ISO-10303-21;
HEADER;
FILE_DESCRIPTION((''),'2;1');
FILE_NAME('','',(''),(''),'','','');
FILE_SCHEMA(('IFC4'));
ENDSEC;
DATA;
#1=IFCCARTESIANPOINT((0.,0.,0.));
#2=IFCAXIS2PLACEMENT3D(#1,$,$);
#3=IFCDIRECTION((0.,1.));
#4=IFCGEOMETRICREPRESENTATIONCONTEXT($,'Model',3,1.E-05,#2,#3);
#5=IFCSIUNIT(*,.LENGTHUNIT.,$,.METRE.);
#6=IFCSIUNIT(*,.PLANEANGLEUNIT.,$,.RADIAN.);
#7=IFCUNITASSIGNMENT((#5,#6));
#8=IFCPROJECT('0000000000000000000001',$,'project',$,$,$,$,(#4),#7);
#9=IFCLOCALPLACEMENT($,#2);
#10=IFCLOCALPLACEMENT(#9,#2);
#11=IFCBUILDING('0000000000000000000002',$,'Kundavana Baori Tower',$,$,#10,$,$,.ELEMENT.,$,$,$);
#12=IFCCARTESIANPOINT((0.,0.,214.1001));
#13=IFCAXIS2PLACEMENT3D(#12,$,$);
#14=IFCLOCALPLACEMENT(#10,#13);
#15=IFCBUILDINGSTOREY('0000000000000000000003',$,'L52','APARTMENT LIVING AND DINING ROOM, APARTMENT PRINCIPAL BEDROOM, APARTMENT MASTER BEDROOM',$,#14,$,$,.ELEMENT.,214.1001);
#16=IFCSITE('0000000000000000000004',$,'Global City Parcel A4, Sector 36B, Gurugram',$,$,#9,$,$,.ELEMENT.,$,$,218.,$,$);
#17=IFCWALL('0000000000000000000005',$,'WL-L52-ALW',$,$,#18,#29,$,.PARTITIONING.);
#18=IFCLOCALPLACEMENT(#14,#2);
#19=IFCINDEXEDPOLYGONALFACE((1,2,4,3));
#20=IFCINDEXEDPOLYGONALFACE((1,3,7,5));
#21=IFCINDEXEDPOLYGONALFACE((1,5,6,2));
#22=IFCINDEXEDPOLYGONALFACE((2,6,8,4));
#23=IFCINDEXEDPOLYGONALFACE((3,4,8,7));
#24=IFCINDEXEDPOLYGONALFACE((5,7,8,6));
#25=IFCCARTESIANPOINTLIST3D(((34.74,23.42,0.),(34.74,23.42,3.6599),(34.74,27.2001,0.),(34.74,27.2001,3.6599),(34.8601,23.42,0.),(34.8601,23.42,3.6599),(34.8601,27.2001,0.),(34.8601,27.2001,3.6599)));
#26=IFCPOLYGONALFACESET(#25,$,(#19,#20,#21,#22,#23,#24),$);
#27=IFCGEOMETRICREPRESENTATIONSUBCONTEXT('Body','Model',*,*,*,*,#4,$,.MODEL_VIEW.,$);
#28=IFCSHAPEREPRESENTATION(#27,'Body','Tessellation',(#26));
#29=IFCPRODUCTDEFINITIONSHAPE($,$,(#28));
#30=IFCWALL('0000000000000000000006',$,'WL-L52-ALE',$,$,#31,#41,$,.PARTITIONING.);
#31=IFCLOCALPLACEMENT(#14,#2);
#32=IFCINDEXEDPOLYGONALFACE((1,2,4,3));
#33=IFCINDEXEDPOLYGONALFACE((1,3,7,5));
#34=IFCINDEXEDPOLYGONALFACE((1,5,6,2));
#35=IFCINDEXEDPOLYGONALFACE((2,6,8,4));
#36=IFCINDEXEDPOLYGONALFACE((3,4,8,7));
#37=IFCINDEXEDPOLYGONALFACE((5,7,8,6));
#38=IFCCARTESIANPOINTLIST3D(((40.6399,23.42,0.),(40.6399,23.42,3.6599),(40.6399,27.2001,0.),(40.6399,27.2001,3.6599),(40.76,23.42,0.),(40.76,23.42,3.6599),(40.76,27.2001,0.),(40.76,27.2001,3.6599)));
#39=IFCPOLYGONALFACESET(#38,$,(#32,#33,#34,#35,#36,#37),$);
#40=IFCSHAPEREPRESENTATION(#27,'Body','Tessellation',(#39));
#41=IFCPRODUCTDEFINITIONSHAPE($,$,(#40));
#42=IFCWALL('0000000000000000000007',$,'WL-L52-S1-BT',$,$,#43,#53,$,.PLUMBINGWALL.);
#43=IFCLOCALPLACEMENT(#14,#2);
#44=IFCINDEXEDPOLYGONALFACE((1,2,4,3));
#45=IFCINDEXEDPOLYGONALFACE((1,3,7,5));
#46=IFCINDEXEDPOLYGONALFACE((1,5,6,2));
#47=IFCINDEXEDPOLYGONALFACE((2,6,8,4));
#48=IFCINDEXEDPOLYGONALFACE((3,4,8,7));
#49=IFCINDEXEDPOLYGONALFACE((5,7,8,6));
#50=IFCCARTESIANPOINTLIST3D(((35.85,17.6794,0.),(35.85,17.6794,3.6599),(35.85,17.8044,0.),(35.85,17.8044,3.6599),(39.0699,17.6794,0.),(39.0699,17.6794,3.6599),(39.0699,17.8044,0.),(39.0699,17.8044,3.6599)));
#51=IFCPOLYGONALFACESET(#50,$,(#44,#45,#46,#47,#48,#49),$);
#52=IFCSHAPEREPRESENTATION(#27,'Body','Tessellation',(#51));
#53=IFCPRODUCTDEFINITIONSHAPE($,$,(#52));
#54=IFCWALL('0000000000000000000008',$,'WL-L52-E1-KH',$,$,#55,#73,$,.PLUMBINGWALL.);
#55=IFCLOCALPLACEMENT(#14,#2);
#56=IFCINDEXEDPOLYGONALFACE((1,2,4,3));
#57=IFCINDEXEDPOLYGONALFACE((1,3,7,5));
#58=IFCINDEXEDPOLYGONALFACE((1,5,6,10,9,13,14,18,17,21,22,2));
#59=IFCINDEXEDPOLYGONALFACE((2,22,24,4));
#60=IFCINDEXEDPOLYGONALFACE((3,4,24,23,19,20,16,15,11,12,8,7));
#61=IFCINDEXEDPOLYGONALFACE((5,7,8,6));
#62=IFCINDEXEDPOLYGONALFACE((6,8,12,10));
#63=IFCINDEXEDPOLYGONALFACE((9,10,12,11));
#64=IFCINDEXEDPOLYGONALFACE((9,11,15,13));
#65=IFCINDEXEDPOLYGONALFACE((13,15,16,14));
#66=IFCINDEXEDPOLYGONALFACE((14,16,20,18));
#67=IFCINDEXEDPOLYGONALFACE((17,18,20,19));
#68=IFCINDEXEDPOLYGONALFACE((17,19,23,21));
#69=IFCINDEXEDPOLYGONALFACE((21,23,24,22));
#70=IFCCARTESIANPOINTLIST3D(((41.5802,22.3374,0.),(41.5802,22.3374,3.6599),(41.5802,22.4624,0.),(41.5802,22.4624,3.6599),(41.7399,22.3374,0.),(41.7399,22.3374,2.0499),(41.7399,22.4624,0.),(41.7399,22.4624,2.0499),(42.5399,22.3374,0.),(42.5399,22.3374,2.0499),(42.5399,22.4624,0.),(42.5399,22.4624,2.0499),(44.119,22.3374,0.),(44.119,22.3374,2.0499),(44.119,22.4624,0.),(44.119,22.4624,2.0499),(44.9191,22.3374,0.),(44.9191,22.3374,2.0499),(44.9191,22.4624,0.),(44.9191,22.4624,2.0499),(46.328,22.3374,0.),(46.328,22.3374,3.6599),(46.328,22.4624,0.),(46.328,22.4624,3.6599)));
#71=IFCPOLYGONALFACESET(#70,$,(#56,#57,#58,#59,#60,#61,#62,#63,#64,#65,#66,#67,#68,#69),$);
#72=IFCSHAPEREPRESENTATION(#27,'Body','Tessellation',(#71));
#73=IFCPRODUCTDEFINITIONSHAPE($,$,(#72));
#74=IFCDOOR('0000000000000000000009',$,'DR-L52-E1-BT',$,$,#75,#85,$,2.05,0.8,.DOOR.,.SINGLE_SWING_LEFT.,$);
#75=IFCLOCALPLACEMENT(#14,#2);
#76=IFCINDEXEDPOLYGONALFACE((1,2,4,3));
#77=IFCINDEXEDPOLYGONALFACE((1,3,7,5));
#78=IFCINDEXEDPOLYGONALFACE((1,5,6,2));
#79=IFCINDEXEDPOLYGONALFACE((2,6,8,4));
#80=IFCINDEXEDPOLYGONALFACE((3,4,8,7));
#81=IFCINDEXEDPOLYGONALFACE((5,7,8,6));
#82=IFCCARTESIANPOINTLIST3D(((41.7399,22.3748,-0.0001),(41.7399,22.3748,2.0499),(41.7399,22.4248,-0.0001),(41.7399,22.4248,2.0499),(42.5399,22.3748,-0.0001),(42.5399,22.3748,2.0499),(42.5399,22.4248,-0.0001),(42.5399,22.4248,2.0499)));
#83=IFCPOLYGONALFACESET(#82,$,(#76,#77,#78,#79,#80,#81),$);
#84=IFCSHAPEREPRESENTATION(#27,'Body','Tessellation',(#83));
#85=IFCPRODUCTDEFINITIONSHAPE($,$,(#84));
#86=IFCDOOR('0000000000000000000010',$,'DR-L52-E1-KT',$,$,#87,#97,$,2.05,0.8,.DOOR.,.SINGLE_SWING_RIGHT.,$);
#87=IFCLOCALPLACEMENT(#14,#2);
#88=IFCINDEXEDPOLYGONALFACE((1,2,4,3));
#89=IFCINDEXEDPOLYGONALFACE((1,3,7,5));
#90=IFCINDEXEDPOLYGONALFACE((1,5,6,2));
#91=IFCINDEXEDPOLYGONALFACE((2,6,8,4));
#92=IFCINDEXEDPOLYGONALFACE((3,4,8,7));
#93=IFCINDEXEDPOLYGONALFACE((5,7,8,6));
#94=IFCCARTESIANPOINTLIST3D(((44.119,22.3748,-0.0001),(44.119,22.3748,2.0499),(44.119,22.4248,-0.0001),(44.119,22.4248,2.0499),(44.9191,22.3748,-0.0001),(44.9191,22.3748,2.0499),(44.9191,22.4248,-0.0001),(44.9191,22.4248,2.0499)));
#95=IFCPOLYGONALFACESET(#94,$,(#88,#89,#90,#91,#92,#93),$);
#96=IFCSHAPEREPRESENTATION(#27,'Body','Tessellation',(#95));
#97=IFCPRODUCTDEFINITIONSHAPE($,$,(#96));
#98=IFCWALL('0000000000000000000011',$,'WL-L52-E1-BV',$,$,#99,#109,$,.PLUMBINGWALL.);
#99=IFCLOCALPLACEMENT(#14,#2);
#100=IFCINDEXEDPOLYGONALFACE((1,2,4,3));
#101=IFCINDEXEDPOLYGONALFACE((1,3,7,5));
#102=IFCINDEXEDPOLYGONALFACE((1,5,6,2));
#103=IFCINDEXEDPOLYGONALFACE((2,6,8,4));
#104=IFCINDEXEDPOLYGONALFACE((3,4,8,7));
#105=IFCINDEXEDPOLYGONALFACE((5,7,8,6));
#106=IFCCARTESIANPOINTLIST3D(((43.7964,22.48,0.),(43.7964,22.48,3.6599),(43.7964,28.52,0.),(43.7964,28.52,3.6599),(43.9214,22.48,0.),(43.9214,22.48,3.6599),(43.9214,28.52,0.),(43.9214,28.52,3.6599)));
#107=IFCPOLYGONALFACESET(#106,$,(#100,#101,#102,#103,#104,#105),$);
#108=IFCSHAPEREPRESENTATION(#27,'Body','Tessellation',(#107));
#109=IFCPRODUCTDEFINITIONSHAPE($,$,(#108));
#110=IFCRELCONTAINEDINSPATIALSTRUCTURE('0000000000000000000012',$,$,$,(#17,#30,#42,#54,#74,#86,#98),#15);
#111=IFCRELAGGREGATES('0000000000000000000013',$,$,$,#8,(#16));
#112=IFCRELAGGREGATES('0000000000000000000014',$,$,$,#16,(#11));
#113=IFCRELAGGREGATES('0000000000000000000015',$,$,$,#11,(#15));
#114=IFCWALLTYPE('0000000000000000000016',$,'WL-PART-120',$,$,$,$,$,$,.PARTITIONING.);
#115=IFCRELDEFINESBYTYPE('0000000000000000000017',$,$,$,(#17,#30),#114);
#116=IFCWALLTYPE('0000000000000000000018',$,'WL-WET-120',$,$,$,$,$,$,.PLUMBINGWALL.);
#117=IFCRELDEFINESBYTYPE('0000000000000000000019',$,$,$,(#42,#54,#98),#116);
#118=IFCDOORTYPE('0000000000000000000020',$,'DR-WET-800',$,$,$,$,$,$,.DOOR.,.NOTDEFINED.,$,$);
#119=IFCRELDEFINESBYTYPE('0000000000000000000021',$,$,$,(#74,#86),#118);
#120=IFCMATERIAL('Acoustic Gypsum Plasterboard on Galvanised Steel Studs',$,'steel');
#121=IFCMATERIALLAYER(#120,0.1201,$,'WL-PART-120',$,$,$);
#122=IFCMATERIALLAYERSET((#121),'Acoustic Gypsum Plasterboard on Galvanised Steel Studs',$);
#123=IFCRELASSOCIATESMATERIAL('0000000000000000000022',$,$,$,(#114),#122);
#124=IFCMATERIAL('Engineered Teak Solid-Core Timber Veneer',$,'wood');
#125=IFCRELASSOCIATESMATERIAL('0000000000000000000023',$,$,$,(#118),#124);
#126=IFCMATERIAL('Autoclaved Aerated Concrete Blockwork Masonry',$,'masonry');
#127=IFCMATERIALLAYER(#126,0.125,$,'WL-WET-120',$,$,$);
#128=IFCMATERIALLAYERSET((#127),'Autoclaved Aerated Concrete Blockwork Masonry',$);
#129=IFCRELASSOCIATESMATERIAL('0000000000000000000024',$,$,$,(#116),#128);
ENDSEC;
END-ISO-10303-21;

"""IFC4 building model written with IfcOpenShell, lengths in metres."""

from ifc_helpers import new_model, si_unit, direction, frame, frame_2d, origin, place, context, subcontext, project, spatial, rectangle, extrude, material, layer, layer_set, type_object, element, fill, save


model = new_model("IFC4")

# Units and contexts
model_context = context("Model", 3, precision=1e-05, world=origin(), true_north=direction((0.0, 1.0)))
body_context = subcontext(model_context, "Body", "Model", "MODEL_VIEW")
ifc_project = project(units=[si_unit("LENGTHUNIT", "METRE"), si_unit("PLANEANGLEUNIT", "RADIAN")], contexts=[model_context])

# Site, building, storey
site_placement = place(None, origin())
site = spatial("IfcSite", under=ifc_project, at=site_placement, Name="Global City Parcel A4, Sector 36B, Gurugram", CompositionType="ELEMENT", RefElevation=218.0)
building_placement = place(site_placement, origin())
building = spatial("IfcBuilding", under=site, at=building_placement, Name="Kundavana Baori Tower", CompositionType="ELEMENT")
storey_placement = place(building_placement, frame((0.0, 0.0, 214.1001)))
storey = spatial("IfcBuildingStorey", under=building, at=storey_placement, Name="L52", Description="APARTMENT LIVING AND DINING ROOM, APARTMENT PRINCIPAL BEDROOM, APARTMENT MASTER BEDROOM", CompositionType="ELEMENT", Elevation=214.1001)

# Shared definitions
ifc_material_1 = material(Name="Acoustic Gypsum Plasterboard on Galvanised Steel Studs", Category="steel")
ifc_layer_1 = layer(ifc_material_1, 0.1201, Name="WL-PART-120")
ifc_layer_set_1 = layer_set([ifc_layer_1], Name="Acoustic Gypsum Plasterboard on Galvanised Steel Studs")
wall_type_1 = type_object("IfcWallType", Name="WL-PART-120", PredefinedType="PARTITIONING", material=ifc_layer_set_1)

# Shared definitions
ifc_material_2 = material(Name="Engineered Teak Solid-Core Timber Veneer", Category="wood")
door_type_1 = type_object("IfcDoorType", Name="DR-WET-800", OperationType="NOTDEFINED", PredefinedType="DOOR", material=ifc_material_2)

# Walls
for number, where, z_axis, x_axis, name in (
    (1, (34.8, 23.4199, 0.0), (0.0, 0.0, 1.0), (0.0, 1.0, 0.0), "WL-L52-ALW"),
    (2, (40.7, 23.4199, 0.0), (0.0, 0.0, 1.0), (0.0, 1.0, 0.0), "WL-L52-ALE"),
):
    element("IfcWall", number, at=place(storey_placement, frame(where, z_axis=z_axis, x_axis=x_axis)), inside=storey, type_object=wall_type_1, Name=name, PredefinedType="PARTITIONING", context=body_context, shape_type="SweptSolid", body=[
        extrude(rectangle(XDim=3.78, YDim=0.1201, at=frame_2d((1.8901, 0.0))), origin(), (0.0, 0.0, 1.0), 3.6599),
    ])
ifc_material_3 = material(Name="Autoclaved Aerated Concrete Blockwork Masonry", Category="masonry")
ifc_layer_2 = layer(ifc_material_3, 0.125, Name="WL-WET-120")
ifc_layer_set_2 = layer_set([ifc_layer_2], Name="Autoclaved Aerated Concrete Blockwork Masonry")
wall_type_2 = type_object("IfcWallType", Name="WL-WET-120", PredefinedType="PLUMBINGWALL", material=ifc_layer_set_2)
wall_1_placement = place(storey_placement, frame((35.8501, 17.7419, 0.0), z_axis=(0.0, 0.0, 1.0), x_axis=(1.0, 0.0, 0.0)))
element("IfcWall", 3, at=wall_1_placement, inside=storey, type_object=wall_type_2, Name="WL-L52-S1-BT", PredefinedType="PLUMBINGWALL", context=body_context, shape_type="SweptSolid", body=[
    extrude(rectangle(XDim=3.22, YDim=0.125, at=frame_2d((1.6099, 0.0))), origin(), (0.0, 0.0, 1.0), 3.6599),
])

# Wall, openings, doors
wall_2_placement = place(storey_placement, frame((41.5801, 22.3999, 0.0), z_axis=(0.0, 0.0, 1.0), x_axis=(1.0, 0.0, 0.0)))
wall_2 = element("IfcWall", 4, at=wall_2_placement, inside=storey, type_object=wall_type_2, Name="WL-L52-E1-KH", PredefinedType="PLUMBINGWALL", context=body_context, shape_type="SweptSolid", body=[
    extrude(rectangle(XDim=4.7478, YDim=0.125, at=frame_2d((2.374, 0.0))), origin(), (0.0, 0.0, 1.0), 3.6599),
])
opening_1_placement = place(wall_2_placement, frame((0.1599, 0.0, 0.0)))
opening_1 = element("IfcOpeningElement", 5, at=opening_1_placement, cuts=wall_2, PredefinedType="OPENING", context=body_context, shape_type="SweptSolid", body=[
    extrude(rectangle(XDim=0.8, YDim=2.05, at=frame_2d((0.3999, 1.0249))), frame((0.0, 0.0725, 0.0), z_axis=(0.0, -1.0, 0.0), x_axis=(1.0, 0.0, 0.0)), (0.0, 0.0, 1.0), 0.145),
])
opening_2_placement = place(wall_2_placement, frame((2.5391, 0.0, 0.0)))
opening_2 = element("IfcOpeningElement", 6, at=opening_2_placement, cuts=wall_2, PredefinedType="OPENING", context=body_context, shape_type="SweptSolid", body=[
    extrude(rectangle(XDim=0.8, YDim=2.05, at=frame_2d((0.3999, 1.0249))), frame((0.0, 0.0725, 0.0), z_axis=(0.0, -1.0, 0.0), x_axis=(1.0, 0.0, 0.0)), (0.0, 0.0, 1.0), 0.145),
])
door_1_placement = place(opening_1_placement, origin())
door_1 = element("IfcDoor", 7, at=door_1_placement, inside=storey, type_object=door_type_1, Name="DR-L52-E1-BT", OperationType="SINGLE_SWING_LEFT", OverallHeight=2.05, OverallWidth=0.8, PredefinedType="DOOR", context=body_context, shape_type="SweptSolid", body=[
    extrude(rectangle(XDim=0.8, YDim=2.05, at=frame_2d((0.3999, 1.0249))), frame((0.0, 0.0249, 0.0), z_axis=(0.0, -1.0, 0.0), x_axis=(1.0, 0.0, 0.0)), (0.0, 0.0, 1.0), 0.05),
])
fill(opening_1, door_1)
door_2_placement = place(opening_2_placement, origin())
door_2 = element("IfcDoor", 8, at=door_2_placement, inside=storey, type_object=door_type_1, Name="DR-L52-E1-KT", OperationType="SINGLE_SWING_RIGHT", OverallHeight=2.05, OverallWidth=0.8, PredefinedType="DOOR", context=body_context, shape_type="SweptSolid", body=[
    extrude(rectangle(XDim=0.8, YDim=2.05, at=frame_2d((0.3999, 1.0249))), frame((0.0, 0.0249, 0.0), z_axis=(0.0, -1.0, 0.0), x_axis=(1.0, 0.0, 0.0)), (0.0, 0.0, 1.0), 0.05),
])
fill(opening_2, door_2)

# Wall
wall_3_placement = place(storey_placement, frame((43.8589, 22.48, 0.0), z_axis=(0.0, 0.0, 1.0), x_axis=(0.0, 1.0, 0.0)))
element("IfcWall", 9, at=wall_3_placement, inside=storey, type_object=wall_type_2, Name="WL-L52-E1-BV", PredefinedType="PLUMBINGWALL", context=body_context, shape_type="SweptSolid", body=[
    extrude(rectangle(XDim=6.04, YDim=0.125, at=frame_2d((3.02, 0.0))), origin(), (0.0, 0.0, 1.0), 3.6599),
])

save(model, "model.ifc")
